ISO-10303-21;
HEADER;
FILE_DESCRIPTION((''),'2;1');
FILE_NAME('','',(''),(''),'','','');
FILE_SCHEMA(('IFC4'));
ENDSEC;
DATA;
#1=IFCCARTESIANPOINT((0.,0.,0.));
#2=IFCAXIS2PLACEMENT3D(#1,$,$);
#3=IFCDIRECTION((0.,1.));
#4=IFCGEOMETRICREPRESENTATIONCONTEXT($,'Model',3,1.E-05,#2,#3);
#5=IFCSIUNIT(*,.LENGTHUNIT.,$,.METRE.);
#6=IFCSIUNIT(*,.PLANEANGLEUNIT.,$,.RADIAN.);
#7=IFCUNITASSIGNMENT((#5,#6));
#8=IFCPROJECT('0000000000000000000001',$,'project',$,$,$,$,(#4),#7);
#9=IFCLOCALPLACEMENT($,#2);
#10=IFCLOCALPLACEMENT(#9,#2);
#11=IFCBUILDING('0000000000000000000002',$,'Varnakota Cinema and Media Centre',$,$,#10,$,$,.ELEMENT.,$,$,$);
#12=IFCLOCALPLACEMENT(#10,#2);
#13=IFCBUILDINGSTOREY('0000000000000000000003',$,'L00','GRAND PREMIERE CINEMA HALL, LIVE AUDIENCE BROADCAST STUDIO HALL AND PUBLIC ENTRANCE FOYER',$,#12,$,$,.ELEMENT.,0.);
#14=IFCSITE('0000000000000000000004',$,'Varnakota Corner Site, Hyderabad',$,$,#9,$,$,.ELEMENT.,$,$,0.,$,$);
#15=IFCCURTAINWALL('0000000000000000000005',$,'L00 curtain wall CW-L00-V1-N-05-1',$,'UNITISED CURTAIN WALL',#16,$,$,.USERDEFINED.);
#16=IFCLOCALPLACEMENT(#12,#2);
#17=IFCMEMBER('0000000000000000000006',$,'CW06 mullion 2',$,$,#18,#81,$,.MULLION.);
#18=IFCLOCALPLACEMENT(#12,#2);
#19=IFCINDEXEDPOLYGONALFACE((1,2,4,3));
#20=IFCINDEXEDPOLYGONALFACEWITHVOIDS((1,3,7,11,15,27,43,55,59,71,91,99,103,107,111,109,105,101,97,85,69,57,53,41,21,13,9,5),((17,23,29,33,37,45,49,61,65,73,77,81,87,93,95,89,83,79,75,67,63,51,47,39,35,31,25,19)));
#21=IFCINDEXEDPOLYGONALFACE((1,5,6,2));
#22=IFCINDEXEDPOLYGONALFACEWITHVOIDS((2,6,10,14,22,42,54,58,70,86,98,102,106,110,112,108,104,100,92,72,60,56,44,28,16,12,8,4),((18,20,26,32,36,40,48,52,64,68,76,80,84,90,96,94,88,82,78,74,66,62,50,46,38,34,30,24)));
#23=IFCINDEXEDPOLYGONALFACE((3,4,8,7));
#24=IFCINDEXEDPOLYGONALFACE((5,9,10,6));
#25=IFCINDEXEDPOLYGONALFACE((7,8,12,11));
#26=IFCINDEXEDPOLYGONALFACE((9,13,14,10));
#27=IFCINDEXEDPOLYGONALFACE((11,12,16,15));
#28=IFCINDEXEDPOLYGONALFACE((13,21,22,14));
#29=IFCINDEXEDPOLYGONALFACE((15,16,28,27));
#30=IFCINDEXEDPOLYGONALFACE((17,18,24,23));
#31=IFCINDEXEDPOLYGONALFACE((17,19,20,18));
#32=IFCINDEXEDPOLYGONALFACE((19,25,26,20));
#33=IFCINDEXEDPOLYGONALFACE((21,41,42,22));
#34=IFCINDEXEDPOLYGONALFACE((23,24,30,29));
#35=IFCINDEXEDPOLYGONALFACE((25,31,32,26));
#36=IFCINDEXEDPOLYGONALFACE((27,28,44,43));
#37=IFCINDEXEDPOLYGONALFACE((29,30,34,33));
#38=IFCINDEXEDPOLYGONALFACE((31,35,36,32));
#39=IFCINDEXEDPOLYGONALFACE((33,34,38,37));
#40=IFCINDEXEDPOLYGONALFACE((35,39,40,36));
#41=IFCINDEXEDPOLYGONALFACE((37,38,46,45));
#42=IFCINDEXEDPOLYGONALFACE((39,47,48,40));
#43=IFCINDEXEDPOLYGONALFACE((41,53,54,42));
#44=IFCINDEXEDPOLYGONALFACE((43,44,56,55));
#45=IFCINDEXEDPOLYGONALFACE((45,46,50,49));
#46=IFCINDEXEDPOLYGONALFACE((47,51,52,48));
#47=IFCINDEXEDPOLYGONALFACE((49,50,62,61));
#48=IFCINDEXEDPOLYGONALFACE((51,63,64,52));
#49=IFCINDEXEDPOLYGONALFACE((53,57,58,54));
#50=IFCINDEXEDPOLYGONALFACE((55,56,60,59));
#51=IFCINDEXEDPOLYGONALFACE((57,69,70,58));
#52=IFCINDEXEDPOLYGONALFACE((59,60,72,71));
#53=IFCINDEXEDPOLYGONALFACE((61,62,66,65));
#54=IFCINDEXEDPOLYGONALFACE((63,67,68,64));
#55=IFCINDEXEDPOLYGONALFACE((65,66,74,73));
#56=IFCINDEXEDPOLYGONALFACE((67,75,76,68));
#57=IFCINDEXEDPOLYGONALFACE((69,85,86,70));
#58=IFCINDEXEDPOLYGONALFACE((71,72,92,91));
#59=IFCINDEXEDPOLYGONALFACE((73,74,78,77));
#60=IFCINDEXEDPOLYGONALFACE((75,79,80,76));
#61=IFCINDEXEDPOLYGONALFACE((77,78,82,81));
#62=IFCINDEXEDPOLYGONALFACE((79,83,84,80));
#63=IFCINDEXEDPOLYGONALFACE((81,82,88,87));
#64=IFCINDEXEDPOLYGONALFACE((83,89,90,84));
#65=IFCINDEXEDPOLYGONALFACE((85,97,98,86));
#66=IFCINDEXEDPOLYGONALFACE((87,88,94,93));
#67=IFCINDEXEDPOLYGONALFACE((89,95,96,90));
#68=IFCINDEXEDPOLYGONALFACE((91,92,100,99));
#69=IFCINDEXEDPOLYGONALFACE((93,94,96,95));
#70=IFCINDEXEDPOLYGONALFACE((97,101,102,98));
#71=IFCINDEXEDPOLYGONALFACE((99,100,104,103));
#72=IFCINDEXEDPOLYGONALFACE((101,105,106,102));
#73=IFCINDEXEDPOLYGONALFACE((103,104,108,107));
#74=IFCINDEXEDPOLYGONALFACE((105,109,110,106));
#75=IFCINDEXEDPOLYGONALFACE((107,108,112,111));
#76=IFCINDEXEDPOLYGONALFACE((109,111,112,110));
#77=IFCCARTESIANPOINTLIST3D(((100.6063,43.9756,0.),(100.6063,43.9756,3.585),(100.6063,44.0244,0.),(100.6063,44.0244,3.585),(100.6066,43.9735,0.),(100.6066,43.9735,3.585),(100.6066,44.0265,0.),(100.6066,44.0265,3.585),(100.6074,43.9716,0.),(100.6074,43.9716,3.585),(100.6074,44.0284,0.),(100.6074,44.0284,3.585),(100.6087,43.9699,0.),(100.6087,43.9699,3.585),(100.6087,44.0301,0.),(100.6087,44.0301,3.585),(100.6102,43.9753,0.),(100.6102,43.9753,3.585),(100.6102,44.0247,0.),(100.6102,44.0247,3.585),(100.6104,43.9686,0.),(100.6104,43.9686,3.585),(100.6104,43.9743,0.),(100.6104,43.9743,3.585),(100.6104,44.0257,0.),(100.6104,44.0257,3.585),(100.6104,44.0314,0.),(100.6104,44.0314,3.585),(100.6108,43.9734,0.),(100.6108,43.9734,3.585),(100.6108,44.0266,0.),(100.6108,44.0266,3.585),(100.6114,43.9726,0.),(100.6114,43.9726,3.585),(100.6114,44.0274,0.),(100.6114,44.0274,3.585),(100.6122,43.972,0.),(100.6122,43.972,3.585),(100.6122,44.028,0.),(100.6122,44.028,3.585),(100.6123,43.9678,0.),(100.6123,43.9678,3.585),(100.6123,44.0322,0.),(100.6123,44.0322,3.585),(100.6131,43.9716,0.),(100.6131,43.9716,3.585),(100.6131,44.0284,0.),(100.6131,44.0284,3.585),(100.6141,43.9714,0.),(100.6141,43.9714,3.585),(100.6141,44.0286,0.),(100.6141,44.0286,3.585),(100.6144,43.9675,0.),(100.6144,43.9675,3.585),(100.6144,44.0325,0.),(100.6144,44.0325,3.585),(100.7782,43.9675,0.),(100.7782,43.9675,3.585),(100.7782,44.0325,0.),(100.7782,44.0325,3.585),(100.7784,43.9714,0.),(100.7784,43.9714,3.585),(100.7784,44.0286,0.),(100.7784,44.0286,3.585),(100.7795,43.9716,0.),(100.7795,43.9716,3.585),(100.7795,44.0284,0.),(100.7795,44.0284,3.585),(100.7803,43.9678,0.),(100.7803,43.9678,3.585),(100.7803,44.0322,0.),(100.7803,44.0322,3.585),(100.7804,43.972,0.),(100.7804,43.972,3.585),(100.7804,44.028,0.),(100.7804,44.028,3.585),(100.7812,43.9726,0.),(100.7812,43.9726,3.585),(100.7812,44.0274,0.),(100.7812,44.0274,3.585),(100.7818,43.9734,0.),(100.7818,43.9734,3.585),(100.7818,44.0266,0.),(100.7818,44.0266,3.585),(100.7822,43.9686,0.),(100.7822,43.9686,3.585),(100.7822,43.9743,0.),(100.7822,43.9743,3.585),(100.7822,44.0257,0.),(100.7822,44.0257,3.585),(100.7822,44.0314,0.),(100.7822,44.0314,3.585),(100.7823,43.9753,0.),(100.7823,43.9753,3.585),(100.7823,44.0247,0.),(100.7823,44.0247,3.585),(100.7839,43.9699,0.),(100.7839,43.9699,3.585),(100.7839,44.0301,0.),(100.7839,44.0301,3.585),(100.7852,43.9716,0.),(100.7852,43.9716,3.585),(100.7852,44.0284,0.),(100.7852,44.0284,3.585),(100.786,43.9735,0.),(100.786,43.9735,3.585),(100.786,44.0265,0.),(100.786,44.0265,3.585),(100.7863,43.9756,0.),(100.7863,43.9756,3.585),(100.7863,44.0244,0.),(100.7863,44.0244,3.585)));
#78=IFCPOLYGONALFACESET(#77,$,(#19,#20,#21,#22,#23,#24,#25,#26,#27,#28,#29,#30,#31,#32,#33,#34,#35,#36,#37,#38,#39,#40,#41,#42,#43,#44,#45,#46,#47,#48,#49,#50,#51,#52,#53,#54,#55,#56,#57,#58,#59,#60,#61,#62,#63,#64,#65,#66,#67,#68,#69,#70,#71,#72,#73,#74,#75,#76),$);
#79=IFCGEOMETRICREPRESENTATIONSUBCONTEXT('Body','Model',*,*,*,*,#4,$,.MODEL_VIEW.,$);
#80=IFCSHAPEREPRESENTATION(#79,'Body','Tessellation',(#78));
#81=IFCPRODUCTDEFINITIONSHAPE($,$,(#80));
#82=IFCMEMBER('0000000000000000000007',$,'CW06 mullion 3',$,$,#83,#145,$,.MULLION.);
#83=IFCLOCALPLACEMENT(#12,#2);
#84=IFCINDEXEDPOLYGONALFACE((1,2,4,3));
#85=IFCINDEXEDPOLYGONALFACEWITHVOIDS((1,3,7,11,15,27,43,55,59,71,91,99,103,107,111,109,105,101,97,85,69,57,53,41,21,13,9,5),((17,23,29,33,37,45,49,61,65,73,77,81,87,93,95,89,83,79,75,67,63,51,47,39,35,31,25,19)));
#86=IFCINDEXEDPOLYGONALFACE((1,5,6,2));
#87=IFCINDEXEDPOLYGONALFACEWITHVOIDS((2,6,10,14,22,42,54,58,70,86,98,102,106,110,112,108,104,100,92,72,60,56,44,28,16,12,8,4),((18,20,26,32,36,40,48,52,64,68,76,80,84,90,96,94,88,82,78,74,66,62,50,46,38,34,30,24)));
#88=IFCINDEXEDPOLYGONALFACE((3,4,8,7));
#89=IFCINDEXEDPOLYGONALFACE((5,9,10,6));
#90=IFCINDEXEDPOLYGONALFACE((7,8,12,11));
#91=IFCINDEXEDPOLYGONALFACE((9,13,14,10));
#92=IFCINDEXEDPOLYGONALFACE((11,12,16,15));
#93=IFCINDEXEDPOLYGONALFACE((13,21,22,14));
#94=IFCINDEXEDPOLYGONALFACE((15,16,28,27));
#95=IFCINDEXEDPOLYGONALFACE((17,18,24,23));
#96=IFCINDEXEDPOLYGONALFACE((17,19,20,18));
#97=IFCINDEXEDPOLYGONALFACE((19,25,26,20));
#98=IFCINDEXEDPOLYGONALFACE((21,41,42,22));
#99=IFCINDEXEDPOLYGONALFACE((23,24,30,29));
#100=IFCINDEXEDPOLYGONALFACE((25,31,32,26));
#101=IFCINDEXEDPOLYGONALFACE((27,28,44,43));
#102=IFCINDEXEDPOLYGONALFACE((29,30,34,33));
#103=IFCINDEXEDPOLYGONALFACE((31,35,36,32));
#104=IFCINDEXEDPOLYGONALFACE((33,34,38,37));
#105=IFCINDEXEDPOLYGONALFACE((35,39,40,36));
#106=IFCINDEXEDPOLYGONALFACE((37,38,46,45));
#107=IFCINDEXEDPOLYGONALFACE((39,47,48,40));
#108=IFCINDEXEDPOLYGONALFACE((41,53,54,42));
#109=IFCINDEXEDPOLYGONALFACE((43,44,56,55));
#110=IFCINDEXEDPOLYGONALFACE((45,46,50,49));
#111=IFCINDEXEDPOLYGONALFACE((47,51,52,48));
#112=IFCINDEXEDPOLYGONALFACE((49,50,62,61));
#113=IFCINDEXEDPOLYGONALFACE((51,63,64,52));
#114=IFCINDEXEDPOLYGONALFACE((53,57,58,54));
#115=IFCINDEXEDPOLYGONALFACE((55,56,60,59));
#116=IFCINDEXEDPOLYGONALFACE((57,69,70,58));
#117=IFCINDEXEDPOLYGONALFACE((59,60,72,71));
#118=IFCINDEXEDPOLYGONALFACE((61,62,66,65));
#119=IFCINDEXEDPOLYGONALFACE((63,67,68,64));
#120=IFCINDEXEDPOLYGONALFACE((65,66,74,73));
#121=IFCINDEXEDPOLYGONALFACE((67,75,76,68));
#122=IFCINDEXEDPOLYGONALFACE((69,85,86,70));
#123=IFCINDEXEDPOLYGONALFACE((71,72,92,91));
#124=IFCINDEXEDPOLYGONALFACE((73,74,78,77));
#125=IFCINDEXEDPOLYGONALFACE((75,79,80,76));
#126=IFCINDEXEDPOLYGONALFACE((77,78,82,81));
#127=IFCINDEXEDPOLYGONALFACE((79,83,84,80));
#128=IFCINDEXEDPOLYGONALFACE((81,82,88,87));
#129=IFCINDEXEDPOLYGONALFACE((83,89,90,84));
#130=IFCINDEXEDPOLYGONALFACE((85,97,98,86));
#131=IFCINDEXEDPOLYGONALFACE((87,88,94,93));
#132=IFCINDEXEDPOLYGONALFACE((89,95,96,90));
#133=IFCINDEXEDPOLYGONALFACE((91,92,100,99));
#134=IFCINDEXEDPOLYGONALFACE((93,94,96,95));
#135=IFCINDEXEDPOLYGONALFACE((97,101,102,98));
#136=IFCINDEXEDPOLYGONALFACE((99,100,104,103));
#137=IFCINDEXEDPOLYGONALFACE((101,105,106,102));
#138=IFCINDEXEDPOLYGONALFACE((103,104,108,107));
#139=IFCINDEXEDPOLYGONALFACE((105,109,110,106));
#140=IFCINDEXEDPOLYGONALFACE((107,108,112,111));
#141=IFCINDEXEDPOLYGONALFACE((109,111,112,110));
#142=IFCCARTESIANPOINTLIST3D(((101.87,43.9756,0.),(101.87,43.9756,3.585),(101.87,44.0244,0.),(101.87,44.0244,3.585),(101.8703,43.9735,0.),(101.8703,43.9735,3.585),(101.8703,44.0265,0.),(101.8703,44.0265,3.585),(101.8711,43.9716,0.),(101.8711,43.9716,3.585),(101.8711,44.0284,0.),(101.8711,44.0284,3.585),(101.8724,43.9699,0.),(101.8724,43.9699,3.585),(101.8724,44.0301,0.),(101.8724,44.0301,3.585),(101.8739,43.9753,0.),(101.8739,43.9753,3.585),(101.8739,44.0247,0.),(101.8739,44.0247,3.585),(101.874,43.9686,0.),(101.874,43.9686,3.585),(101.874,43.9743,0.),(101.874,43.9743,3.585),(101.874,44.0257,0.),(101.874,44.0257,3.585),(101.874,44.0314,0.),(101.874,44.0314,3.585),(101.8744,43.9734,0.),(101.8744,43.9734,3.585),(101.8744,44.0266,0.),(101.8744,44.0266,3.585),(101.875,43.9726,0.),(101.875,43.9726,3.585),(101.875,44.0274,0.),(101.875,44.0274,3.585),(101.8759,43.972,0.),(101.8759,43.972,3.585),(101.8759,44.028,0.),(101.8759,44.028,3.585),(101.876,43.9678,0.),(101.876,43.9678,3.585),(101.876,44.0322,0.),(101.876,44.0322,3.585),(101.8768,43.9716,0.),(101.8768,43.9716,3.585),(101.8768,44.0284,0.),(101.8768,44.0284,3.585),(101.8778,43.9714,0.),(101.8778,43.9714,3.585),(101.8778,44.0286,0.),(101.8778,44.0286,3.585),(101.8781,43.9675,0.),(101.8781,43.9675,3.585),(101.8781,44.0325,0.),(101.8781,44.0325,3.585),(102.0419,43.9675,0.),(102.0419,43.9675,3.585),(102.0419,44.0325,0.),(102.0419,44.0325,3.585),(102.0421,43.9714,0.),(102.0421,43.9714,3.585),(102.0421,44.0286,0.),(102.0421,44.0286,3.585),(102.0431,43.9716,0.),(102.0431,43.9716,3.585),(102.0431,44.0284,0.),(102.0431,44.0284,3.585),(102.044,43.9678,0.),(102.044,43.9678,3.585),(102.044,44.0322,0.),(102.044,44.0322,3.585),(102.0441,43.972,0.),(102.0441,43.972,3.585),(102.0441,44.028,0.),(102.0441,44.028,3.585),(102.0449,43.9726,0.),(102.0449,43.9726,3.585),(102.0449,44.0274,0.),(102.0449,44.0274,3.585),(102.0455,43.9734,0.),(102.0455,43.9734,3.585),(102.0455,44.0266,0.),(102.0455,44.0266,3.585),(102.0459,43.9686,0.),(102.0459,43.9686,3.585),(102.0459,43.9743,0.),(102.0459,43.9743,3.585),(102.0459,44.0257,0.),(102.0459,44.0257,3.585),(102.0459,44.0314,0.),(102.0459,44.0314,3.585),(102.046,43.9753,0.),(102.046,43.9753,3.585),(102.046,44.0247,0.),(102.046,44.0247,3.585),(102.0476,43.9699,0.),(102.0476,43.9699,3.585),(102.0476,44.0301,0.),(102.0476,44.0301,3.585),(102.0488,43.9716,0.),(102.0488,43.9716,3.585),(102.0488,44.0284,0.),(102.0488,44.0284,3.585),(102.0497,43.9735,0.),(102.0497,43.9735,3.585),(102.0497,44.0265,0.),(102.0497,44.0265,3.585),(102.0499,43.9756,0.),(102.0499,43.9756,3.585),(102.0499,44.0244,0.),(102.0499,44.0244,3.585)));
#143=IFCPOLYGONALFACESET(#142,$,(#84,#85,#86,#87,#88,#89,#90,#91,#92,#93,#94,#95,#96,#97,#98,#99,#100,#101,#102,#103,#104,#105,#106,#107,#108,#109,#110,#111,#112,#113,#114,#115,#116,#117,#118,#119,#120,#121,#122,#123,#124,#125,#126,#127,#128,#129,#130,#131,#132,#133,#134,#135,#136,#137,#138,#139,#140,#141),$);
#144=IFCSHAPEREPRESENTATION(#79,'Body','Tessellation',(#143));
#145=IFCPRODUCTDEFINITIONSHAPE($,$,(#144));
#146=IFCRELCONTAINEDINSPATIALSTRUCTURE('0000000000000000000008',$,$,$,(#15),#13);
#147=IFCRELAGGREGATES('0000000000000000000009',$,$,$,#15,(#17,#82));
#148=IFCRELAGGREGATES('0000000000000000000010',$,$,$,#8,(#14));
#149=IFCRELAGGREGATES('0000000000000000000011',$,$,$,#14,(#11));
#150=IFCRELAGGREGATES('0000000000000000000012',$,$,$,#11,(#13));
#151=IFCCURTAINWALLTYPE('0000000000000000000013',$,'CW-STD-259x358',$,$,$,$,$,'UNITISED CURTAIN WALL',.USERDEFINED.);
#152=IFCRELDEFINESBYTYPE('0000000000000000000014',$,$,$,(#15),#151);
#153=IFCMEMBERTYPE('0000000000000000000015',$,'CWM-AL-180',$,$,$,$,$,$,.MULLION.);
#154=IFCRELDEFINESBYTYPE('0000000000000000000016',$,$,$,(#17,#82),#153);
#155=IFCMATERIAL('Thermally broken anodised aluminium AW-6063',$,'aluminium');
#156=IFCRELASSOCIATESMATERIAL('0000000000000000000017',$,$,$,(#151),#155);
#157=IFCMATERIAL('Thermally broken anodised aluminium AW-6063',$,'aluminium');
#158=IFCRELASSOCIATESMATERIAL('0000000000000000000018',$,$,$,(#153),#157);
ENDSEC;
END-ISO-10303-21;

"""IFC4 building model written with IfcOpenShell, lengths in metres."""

from ifc_helpers import new_model, si_unit, direction, frame, origin, origin_2d, place, context, subcontext, project, spatial, hollow_rectangle, extrude, material, material_profile, profile_set, type_object, element, aggregate, save


model = new_model("IFC4")

# Units and contexts
model_context = context("Model", 3, precision=1e-05, world=origin(), true_north=direction((0.0, 1.0)))
body_context = subcontext(model_context, "Body", "Model", "MODEL_VIEW")
ifc_project = project(units=[si_unit("LENGTHUNIT", "METRE"), si_unit("PLANEANGLEUNIT", "RADIAN")], contexts=[model_context])

# Site, building, storey
site_placement = place(None, origin())
site = spatial("IfcSite", under=ifc_project, at=site_placement, Name="Varnakota Corner Site, Hyderabad", CompositionType="ELEMENT", RefElevation=0.0)
building_placement = place(site_placement, origin())
building = spatial("IfcBuilding", under=site, at=building_placement, Name="Varnakota Cinema and Media Centre", CompositionType="ELEMENT")
storey_placement = place(building_placement, origin())
storey = spatial("IfcBuildingStorey", under=building, at=storey_placement, Name="L00", Description="GRAND PREMIERE CINEMA HALL, LIVE AUDIENCE BROADCAST STUDIO HALL AND PUBLIC ENTRANCE FOYER", CompositionType="ELEMENT", Elevation=0.0)

# Curtain wall, members
ifc_material_1 = material(Name="Thermally broken anodised aluminium AW-6063", Category="aluminium")
curtain_wall_type = type_object("IfcCurtainWallType", Name="CW-STD-259x358", ElementType="UNITISED CURTAIN WALL", PredefinedType="USERDEFINED", material=ifc_material_1)
curtain_wall_1_placement = place(storey_placement, origin())
curtain_wall_1 = element("IfcCurtainWall", 1, at=curtain_wall_1_placement, inside=storey, type_object=curtain_wall_type, Name="L00 curtain wall CW-L00-V1-N-05-1", ObjectType="UNITISED CURTAIN WALL", PredefinedType="USERDEFINED")
ifc_material_2 = material(Name="Thermally broken anodised aluminium AW-6063", Category="aluminium")
ifc_material_profile_1 = material_profile(ifc_material_2, hollow_rectangle(XDim=0.0649, YDim=0.1799, WallThickness=0.0039, InnerFilletRadius=0.0039, OuterFilletRadius=0.0081, at=origin_2d()), Name="AL-MULLION 180x65x4")
ifc_profile_set_1 = profile_set([ifc_material_profile_1], Name="Thermally broken anodised aluminium AW-6063")
member_type_1 = type_object("IfcMemberType", Name="CWM-AL-180", PredefinedType="MULLION", material=ifc_profile_set_1)
member_1_placement = place(storey_placement, frame((100.6963, 44.0, 0.0), z_axis=(0.0, 0.0, 1.0), x_axis=(0.0, 1.0, 0.0)))
member_1 = element("IfcMember", 2, at=member_1_placement, type_object=member_type_1, Name="CW06 mullion 2", PredefinedType="MULLION", context=body_context, shape_type="SweptSolid", body=[
    extrude(hollow_rectangle(XDim=0.0649, YDim=0.1799, WallThickness=0.0039, InnerFilletRadius=0.0039, OuterFilletRadius=0.0081, at=origin_2d()), origin(), (0.0, 0.0, 1.0), 3.585),
])
member_2_placement = place(storey_placement, frame((101.96, 44.0, 0.0), z_axis=(0.0, 0.0, 1.0), x_axis=(0.0, 1.0, 0.0)))
member_2 = element("IfcMember", 3, at=member_2_placement, type_object=member_type_1, Name="CW06 mullion 3", PredefinedType="MULLION", context=body_context, shape_type="SweptSolid", body=[
    extrude(hollow_rectangle(XDim=0.0649, YDim=0.1799, WallThickness=0.0039, InnerFilletRadius=0.0039, OuterFilletRadius=0.0081, at=origin_2d()), origin(), (0.0, 0.0, 1.0), 3.585),
])

aggregate(curtain_wall_1, [member_1, member_2])

save(model, "model.ifc")
